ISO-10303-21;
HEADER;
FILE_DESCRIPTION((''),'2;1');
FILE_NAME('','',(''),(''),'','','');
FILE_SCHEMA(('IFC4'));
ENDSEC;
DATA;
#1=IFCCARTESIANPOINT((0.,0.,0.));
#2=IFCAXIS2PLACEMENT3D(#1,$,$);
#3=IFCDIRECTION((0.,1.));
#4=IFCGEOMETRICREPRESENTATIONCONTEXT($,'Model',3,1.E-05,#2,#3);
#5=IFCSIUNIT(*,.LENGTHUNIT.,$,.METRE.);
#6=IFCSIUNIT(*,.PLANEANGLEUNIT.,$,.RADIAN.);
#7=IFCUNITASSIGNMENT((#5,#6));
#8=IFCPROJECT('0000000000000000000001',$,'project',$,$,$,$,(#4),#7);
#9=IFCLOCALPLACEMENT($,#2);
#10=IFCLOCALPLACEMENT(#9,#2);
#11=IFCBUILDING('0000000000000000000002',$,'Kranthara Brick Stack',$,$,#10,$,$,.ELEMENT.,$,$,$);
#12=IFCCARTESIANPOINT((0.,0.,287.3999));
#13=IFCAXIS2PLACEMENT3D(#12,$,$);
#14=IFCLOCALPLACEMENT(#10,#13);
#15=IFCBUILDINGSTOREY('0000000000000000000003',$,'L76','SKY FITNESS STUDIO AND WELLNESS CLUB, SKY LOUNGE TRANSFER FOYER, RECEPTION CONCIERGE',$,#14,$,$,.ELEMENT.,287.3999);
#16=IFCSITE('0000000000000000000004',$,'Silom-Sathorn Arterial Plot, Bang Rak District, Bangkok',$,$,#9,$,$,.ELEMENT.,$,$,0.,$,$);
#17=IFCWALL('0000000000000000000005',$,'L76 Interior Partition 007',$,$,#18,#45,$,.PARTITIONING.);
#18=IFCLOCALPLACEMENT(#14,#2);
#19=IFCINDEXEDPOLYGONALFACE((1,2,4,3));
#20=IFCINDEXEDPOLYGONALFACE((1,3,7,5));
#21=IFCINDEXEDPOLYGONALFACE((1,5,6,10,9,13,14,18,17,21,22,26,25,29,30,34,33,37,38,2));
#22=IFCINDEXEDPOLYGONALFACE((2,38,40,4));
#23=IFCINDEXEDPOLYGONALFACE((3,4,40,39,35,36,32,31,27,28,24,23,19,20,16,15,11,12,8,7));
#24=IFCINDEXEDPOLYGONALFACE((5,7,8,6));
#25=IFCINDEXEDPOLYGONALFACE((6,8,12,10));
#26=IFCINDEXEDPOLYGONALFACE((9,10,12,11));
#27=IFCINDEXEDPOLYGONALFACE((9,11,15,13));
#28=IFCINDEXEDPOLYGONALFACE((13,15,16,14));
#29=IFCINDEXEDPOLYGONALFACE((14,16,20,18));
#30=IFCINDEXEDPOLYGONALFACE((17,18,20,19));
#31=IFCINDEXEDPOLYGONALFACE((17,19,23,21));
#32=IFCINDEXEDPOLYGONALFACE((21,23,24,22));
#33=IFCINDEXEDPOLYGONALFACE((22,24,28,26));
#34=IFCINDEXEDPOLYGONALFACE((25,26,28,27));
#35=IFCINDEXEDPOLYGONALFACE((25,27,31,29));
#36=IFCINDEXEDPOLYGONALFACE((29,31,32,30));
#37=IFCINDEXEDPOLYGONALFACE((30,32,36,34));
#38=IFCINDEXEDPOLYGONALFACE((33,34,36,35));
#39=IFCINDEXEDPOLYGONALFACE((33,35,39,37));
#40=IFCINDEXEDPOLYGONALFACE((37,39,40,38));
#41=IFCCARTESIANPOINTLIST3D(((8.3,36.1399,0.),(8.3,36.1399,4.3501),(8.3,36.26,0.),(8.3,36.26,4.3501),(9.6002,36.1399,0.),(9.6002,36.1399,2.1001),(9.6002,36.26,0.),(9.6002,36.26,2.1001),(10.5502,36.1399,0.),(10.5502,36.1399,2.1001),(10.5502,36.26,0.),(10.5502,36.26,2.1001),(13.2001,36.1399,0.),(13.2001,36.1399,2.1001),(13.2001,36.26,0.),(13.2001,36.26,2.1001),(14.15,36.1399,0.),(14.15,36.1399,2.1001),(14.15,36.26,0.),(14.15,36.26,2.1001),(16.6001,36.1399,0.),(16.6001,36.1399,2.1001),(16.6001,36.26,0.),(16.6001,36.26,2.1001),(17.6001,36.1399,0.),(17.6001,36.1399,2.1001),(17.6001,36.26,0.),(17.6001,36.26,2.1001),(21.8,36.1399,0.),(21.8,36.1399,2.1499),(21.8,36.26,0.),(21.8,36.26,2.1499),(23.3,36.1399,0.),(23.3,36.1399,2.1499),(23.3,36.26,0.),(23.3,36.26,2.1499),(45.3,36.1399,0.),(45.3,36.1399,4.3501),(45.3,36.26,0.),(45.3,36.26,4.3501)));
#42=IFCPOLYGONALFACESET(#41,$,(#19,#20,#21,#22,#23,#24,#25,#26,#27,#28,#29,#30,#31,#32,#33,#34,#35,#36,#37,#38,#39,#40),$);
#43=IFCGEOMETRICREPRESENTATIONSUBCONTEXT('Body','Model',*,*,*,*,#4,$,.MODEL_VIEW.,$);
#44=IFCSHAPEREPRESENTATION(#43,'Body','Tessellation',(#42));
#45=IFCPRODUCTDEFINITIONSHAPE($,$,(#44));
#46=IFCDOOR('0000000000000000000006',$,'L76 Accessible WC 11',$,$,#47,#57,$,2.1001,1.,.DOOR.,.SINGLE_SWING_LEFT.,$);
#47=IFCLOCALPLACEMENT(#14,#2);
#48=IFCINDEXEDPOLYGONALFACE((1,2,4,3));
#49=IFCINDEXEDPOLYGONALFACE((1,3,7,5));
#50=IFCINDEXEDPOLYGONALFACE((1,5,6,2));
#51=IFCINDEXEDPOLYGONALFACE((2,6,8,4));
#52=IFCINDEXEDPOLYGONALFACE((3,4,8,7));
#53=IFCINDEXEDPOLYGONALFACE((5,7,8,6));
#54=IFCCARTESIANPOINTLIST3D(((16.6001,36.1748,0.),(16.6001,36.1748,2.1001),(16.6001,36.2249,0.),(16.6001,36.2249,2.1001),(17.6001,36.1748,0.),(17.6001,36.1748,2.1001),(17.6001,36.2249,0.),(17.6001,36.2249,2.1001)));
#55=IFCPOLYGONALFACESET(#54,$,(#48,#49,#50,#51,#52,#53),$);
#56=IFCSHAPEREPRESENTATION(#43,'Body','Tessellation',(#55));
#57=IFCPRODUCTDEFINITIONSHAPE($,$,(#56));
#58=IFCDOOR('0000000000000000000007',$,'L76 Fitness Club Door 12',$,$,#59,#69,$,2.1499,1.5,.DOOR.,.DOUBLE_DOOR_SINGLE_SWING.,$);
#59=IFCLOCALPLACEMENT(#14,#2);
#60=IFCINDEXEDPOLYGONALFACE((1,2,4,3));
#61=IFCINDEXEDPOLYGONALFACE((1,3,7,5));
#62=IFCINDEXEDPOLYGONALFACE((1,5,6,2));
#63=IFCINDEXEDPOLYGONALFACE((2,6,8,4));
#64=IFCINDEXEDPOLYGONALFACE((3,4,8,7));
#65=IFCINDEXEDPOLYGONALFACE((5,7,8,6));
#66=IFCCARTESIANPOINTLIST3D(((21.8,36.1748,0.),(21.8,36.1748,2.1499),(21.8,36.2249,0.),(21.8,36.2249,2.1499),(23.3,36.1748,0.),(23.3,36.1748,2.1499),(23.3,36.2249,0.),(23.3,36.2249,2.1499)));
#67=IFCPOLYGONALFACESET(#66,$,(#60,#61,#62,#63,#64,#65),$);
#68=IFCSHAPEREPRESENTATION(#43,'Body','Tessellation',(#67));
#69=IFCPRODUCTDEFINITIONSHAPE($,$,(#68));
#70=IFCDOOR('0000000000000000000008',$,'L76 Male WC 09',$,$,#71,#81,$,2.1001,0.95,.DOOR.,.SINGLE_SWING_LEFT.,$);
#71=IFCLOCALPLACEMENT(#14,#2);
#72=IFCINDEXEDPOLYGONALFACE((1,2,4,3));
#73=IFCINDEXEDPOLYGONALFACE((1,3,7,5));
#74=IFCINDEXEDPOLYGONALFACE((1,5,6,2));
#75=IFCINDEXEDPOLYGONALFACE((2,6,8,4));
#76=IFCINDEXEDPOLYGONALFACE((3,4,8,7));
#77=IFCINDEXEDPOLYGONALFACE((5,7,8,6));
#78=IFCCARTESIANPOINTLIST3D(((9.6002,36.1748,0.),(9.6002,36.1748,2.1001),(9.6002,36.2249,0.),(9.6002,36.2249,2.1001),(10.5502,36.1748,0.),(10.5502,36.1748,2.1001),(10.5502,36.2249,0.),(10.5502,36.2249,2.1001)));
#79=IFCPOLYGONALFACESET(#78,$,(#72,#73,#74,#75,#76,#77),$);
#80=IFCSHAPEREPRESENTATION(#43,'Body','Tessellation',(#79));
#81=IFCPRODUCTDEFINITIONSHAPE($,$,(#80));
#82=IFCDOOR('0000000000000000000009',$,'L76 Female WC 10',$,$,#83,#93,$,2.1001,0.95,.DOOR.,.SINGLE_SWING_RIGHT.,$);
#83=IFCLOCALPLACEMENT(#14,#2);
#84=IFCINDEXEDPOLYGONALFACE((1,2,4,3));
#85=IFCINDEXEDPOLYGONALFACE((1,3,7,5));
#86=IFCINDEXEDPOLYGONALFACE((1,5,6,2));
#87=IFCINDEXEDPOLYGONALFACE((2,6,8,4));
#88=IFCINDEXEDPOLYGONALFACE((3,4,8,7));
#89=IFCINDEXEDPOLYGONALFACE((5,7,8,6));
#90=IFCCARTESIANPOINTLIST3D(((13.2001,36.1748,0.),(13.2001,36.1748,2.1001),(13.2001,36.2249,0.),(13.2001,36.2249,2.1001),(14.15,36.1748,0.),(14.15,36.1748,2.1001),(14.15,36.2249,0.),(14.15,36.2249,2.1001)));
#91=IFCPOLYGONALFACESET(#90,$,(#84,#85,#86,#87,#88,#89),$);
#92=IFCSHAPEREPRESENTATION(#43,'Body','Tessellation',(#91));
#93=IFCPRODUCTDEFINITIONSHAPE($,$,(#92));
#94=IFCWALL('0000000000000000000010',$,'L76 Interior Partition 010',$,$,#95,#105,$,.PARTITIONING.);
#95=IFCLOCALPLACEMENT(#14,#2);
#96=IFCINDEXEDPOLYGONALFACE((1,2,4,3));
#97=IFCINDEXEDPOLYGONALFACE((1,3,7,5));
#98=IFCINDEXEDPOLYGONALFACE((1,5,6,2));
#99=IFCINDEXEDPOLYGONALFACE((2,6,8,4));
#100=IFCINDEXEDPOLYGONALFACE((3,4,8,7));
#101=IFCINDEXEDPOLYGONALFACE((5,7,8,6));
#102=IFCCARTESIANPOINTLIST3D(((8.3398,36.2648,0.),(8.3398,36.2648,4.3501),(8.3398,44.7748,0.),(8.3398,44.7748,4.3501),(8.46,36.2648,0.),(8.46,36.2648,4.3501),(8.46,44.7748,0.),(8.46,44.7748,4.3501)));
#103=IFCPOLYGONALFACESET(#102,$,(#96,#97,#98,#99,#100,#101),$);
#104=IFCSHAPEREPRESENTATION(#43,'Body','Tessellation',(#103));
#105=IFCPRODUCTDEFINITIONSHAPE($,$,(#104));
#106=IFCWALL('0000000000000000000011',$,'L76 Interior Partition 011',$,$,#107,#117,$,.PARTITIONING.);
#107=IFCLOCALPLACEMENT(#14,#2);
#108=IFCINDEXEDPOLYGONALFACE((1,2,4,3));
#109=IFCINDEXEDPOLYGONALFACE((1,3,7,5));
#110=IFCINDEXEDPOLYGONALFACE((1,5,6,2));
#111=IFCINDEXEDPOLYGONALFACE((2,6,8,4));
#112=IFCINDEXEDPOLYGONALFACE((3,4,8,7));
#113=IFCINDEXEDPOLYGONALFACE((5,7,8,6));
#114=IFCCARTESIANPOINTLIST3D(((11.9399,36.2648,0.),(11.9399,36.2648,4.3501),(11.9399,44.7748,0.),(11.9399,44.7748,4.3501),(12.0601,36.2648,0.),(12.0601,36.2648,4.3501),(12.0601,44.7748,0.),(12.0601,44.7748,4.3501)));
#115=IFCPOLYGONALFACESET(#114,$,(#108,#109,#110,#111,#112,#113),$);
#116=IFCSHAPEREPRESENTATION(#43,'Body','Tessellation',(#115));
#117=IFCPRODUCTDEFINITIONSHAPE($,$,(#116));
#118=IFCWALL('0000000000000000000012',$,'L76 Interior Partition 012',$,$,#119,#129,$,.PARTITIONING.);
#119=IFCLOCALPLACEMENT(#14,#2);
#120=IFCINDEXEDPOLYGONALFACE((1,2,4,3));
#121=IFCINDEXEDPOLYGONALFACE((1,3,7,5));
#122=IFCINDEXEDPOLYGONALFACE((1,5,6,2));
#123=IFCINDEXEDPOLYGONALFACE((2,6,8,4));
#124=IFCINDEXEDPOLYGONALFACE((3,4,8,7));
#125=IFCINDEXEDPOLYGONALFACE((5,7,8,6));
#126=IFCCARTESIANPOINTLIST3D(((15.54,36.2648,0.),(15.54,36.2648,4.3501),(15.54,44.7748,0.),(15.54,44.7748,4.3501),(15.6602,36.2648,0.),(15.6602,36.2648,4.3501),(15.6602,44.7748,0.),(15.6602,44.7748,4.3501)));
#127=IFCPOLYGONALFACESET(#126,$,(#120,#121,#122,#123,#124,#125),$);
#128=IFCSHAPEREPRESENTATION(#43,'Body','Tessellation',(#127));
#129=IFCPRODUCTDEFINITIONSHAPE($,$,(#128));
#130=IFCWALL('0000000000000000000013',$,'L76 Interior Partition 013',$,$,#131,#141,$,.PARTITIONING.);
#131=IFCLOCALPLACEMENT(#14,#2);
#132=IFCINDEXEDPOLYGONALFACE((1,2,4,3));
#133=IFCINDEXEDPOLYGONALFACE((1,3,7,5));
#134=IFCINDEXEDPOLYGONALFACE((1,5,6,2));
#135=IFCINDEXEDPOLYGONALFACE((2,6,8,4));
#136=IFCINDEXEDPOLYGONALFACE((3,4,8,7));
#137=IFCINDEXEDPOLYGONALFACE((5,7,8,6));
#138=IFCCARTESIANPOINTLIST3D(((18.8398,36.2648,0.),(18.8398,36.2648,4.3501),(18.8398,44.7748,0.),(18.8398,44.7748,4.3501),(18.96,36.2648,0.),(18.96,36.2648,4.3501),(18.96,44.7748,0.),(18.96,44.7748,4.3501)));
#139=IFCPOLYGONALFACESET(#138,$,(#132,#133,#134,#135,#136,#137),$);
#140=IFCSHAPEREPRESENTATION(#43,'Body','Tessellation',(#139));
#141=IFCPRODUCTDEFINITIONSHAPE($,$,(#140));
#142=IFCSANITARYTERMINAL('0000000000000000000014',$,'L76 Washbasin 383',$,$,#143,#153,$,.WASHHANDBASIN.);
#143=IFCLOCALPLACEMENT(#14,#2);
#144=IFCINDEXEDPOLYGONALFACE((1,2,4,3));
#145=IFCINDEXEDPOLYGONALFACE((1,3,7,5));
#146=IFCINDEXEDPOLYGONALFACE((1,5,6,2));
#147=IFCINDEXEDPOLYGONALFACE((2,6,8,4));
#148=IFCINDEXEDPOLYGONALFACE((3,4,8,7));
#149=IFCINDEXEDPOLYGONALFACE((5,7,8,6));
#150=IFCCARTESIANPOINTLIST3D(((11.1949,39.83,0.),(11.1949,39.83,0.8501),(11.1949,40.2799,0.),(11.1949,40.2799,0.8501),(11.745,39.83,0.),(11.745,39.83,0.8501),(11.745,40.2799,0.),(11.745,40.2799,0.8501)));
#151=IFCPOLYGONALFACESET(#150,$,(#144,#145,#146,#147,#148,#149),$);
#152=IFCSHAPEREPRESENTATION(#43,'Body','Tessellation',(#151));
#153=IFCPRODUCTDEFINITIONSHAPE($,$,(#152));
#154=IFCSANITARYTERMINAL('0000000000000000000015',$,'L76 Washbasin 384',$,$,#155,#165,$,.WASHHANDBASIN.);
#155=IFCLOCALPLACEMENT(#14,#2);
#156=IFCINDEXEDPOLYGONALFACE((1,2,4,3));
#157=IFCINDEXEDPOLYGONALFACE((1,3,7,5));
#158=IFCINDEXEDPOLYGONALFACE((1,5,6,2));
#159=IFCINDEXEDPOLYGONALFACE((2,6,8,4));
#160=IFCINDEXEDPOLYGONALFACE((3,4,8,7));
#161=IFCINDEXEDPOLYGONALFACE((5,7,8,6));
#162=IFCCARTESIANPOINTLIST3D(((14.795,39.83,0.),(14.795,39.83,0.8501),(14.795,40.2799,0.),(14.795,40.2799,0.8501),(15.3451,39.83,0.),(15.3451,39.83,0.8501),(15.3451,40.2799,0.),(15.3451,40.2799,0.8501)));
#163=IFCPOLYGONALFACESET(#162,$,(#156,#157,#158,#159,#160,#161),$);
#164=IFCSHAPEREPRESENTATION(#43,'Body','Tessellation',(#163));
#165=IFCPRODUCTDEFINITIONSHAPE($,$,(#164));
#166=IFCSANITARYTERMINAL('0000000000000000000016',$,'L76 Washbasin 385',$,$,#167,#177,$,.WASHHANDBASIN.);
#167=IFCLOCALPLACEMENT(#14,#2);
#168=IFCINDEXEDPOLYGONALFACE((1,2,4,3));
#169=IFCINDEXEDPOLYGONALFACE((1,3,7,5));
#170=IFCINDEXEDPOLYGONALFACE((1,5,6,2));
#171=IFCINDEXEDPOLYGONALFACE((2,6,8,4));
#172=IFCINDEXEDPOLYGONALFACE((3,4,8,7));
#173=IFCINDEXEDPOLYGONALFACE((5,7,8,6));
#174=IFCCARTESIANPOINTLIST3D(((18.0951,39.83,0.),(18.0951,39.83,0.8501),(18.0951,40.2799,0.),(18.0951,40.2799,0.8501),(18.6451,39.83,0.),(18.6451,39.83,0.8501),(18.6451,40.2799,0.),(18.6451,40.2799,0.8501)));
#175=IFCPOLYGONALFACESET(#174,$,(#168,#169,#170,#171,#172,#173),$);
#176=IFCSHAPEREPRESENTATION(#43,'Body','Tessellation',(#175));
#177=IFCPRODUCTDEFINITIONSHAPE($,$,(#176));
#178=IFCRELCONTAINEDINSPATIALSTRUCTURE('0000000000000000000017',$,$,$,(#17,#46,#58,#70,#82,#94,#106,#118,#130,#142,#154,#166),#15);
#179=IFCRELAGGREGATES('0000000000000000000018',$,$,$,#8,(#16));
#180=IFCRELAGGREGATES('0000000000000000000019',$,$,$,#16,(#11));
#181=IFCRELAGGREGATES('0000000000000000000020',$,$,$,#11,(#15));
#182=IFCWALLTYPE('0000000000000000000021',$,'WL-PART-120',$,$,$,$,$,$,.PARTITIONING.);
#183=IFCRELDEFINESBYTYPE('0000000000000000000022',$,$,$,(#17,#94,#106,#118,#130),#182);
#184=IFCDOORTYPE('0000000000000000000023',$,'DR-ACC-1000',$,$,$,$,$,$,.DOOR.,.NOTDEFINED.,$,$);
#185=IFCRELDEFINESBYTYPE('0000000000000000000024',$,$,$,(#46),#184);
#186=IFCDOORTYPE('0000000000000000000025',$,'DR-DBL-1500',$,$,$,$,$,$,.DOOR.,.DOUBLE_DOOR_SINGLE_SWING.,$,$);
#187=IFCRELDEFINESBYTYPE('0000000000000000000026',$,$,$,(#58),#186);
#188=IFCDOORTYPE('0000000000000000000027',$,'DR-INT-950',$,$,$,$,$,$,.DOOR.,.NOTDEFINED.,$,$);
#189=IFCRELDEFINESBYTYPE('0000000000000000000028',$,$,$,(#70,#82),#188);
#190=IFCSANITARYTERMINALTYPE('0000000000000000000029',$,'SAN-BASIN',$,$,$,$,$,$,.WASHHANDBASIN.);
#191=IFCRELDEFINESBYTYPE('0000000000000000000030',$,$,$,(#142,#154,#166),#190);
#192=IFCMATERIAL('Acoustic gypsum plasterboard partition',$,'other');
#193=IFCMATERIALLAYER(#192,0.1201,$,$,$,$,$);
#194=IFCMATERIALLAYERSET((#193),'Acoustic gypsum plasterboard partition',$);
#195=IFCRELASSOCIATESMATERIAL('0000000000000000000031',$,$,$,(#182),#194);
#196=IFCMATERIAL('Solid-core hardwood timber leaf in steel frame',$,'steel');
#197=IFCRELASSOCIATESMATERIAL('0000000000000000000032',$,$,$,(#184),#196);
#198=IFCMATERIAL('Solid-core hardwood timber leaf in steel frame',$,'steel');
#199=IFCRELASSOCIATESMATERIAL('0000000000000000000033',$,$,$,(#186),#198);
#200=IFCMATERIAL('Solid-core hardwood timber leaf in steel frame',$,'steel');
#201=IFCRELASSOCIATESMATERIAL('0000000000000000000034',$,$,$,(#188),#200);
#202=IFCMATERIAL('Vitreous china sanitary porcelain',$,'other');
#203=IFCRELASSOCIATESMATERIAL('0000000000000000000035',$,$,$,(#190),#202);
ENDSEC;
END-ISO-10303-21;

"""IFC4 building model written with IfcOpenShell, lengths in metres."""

from ifc_helpers import new_model, si_unit, direction, frame, frame_2d, origin, origin_2d, place, context, subcontext, project, spatial, rectangle, extrude, material, layer, layer_set, type_object, element, fill, save


model = new_model("IFC4")

# Units and contexts
model_context = context("Model", 3, precision=1e-05, world=origin(), true_north=direction((0.0, 1.0)))
body_context = subcontext(model_context, "Body", "Model", "MODEL_VIEW")
ifc_project = project(units=[si_unit("LENGTHUNIT", "METRE"), si_unit("PLANEANGLEUNIT", "RADIAN")], contexts=[model_context])

# Site, building, storey
site_placement = place(None, origin())
site = spatial("IfcSite", under=ifc_project, at=site_placement, Name="Silom-Sathorn Arterial Plot, Bang Rak District, Bangkok", CompositionType="ELEMENT", RefElevation=0.0)
building_placement = place(site_placement, origin())
building = spatial("IfcBuilding", under=site, at=building_placement, Name="Kranthara Brick Stack", CompositionType="ELEMENT")
storey_placement = place(building_placement, frame((0.0, 0.0, 287.3999)))
storey = spatial("IfcBuildingStorey", under=building, at=storey_placement, Name="L76", Description="SKY FITNESS STUDIO AND WELLNESS CLUB, SKY LOUNGE TRANSFER FOYER, RECEPTION CONCIERGE", CompositionType="ELEMENT", Elevation=287.3999)

# Wall, openings, doors
ifc_material_1 = material(Name="Acoustic gypsum plasterboard partition", Category="other")
ifc_layer_1 = layer(ifc_material_1, 0.1201)
ifc_layer_set_1 = layer_set([ifc_layer_1], Name="Acoustic gypsum plasterboard partition")
wall_type_1 = type_object("IfcWallType", Name="WL-PART-120", PredefinedType="PARTITIONING", material=ifc_layer_set_1)
wall_1_placement = place(storey_placement, frame((8.3, 36.2, 0.0), z_axis=(0.0, 0.0, 1.0), x_axis=(1.0, 0.0, 0.0)))
wall_1 = element("IfcWall", 1, at=wall_1_placement, inside=storey, type_object=wall_type_1, Name="L76 Interior Partition 007", PredefinedType="PARTITIONING", context=body_context, shape_type="SweptSolid", body=[
    extrude(rectangle(XDim=37.0, YDim=0.1201, at=frame_2d((18.5, 0.0))), origin(), (0.0, 0.0, 1.0), 4.3501),
])
opening_1_placement = place(wall_1_placement, frame((1.3, 0.0, 0.0)))
opening_1 = element("IfcOpeningElement", 2, at=opening_1_placement, cuts=wall_1, PredefinedType="OPENING", context=body_context, shape_type="SweptSolid", body=[
    extrude(rectangle(XDim=0.95, YDim=2.1001, at=frame_2d((0.4751, 1.05))), frame((0.0, 0.0701, 0.0), z_axis=(0.0, -1.0, 0.0), x_axis=(1.0, 0.0, 0.0)), (0.0, 0.0, 1.0), 0.1401),
])
opening_2_placement = place(wall_1_placement, frame((4.8999, 0.0, 0.0)))
opening_2 = element("IfcOpeningElement", 3, at=opening_2_placement, cuts=wall_1, PredefinedType="OPENING", context=body_context, shape_type="SweptSolid", body=[
    extrude(rectangle(XDim=0.95, YDim=2.1001, at=frame_2d((0.4751, 1.05))), frame((0.0, 0.0701, 0.0), z_axis=(0.0, -1.0, 0.0), x_axis=(1.0, 0.0, 0.0)), (0.0, 0.0, 1.0), 0.1401),
])
opening_3_placement = place(wall_1_placement, frame((8.3, 0.0, 0.0)))
opening_3 = element("IfcOpeningElement", 4, at=opening_3_placement, cuts=wall_1, PredefinedType="OPENING", context=body_context, shape_type="SweptSolid", body=[
    extrude(rectangle(XDim=1.0, YDim=2.1001, at=frame_2d((0.5, 1.05))), frame((0.0, 0.0701, 0.0), z_axis=(0.0, -1.0, 0.0), x_axis=(1.0, 0.0, 0.0)), (0.0, 0.0, 1.0), 0.1401),
])
opening_4_placement = place(wall_1_placement, frame((13.5, 0.0, 0.0)))
opening_4 = element("IfcOpeningElement", 5, at=opening_4_placement, cuts=wall_1, PredefinedType="OPENING", context=body_context, shape_type="SweptSolid", body=[
    extrude(rectangle(XDim=1.5, YDim=2.1499, at=frame_2d((0.75, 1.075))), frame((0.0, 0.0701, 0.0), z_axis=(0.0, -1.0, 0.0), x_axis=(1.0, 0.0, 0.0)), (0.0, 0.0, 1.0), 0.1401),
])
ifc_material_2 = material(Name="Solid-core hardwood timber leaf in steel frame", Category="steel")
door_type_1 = type_object("IfcDoorType", Name="DR-ACC-1000", OperationType="NOTDEFINED", PredefinedType="DOOR", material=ifc_material_2)
door_1_placement = place(opening_3_placement, origin())
door_1 = element("IfcDoor", 6, at=door_1_placement, inside=storey, type_object=door_type_1, Name="L76 Accessible WC 11", OperationType="SINGLE_SWING_LEFT", OverallHeight=2.1001, OverallWidth=1.0, PredefinedType="DOOR", context=body_context, shape_type="SweptSolid", body=[
    extrude(rectangle(XDim=1.0, YDim=2.1001, at=frame_2d((0.5, 1.05))), frame((0.0, 0.0249, 0.0), z_axis=(0.0, -1.0, 0.0), x_axis=(1.0, 0.0, 0.0)), (0.0, 0.0, 1.0), 0.05),
])
fill(opening_3, door_1)
ifc_material_3 = material(Name="Solid-core hardwood timber leaf in steel frame", Category="steel")
door_type_2 = type_object("IfcDoorType", Name="DR-DBL-1500", OperationType="DOUBLE_DOOR_SINGLE_SWING", PredefinedType="DOOR", material=ifc_material_3)
door_2_placement = place(opening_4_placement, origin())
door_2 = element("IfcDoor", 7, at=door_2_placement, inside=storey, type_object=door_type_2, Name="L76 Fitness Club Door 12", OperationType="DOUBLE_DOOR_SINGLE_SWING", OverallHeight=2.1499, OverallWidth=1.5, PredefinedType="DOOR", context=body_context, shape_type="SweptSolid", body=[
    extrude(rectangle(XDim=1.5, YDim=2.1499, at=frame_2d((0.75, 1.075))), frame((0.0, 0.0249, 0.0), z_axis=(0.0, -1.0, 0.0), x_axis=(1.0, 0.0, 0.0)), (0.0, 0.0, 1.0), 0.05),
])
fill(opening_4, door_2)
ifc_material_4 = material(Name="Solid-core hardwood timber leaf in steel frame", Category="steel")
door_type_3 = type_object("IfcDoorType", Name="DR-INT-950", OperationType="NOTDEFINED", PredefinedType="DOOR", material=ifc_material_4)
door_3_placement = place(opening_1_placement, origin())
door_3 = element("IfcDoor", 8, at=door_3_placement, inside=storey, type_object=door_type_3, Name="L76 Male WC 09", OperationType="SINGLE_SWING_LEFT", OverallHeight=2.1001, OverallWidth=0.95, PredefinedType="DOOR", context=body_context, shape_type="SweptSolid", body=[
    extrude(rectangle(XDim=0.95, YDim=2.1001, at=frame_2d((0.4751, 1.05))), frame((0.0, 0.0249, 0.0), z_axis=(0.0, -1.0, 0.0), x_axis=(1.0, 0.0, 0.0)), (0.0, 0.0, 1.0), 0.05),
])
fill(opening_1, door_3)
door_4_placement = place(opening_2_placement, origin())
door_4 = element("IfcDoor", 9, at=door_4_placement, inside=storey, type_object=door_type_3, Name="L76 Female WC 10", OperationType="SINGLE_SWING_RIGHT", OverallHeight=2.1001, OverallWidth=0.95, PredefinedType="DOOR", context=body_context, shape_type="SweptSolid", body=[
    extrude(rectangle(XDim=0.95, YDim=2.1001, at=frame_2d((0.4751, 1.05))), frame((0.0, 0.0249, 0.0), z_axis=(0.0, -1.0, 0.0), x_axis=(1.0, 0.0, 0.0)), (0.0, 0.0, 1.0), 0.05),
])
fill(opening_2, door_4)

# Walls
for number, where, z_axis, x_axis, name in (
    (10, (8.3999, 36.2649, 0.0), (0.0, 0.0, 1.0), (0.0, 1.0, 0.0), "L76 Interior Partition 010"),
    (11, (12.0, 36.2649, 0.0), (0.0, 0.0, 1.0), (0.0, 1.0, 0.0), "L76 Interior Partition 011"),
    (12, (15.6001, 36.2649, 0.0), (0.0, 0.0, 1.0), (0.0, 1.0, 0.0), "L76 Interior Partition 012"),
    (13, (18.8999, 36.2649, 0.0), (0.0, 0.0, 1.0), (0.0, 1.0, 0.0), "L76 Interior Partition 013"),
):
    element("IfcWall", number, at=place(storey_placement, frame(where, z_axis=z_axis, x_axis=x_axis)), inside=storey, type_object=wall_type_1, Name=name, PredefinedType="PARTITIONING", context=body_context, shape_type="SweptSolid", body=[
        extrude(rectangle(XDim=8.51, YDim=0.1201, at=frame_2d((4.2549, 0.0))), origin(), (0.0, 0.0, 1.0), 4.3501),
    ])

# Sanitary terminals
ifc_material_5 = material(Name="Vitreous china sanitary porcelain", Category="other")
sanitary_terminal_type_1 = type_object("IfcSanitaryTerminalType", Name="SAN-BASIN", PredefinedType="WASHHANDBASIN", material=ifc_material_5)
for number, where, z_axis, x_axis, name in (
    (14, (11.47, 40.0549, 0.0), (0.0, 0.0, 1.0), (1.0, 0.0, 0.0), "L76 Washbasin 383"),
    (15, (15.0701, 40.0549, 0.0), (0.0, 0.0, 1.0), (1.0, 0.0, 0.0), "L76 Washbasin 384"),
    (16, (18.3701, 40.0549, 0.0), (0.0, 0.0, 1.0), (1.0, 0.0, 0.0), "L76 Washbasin 385"),
):
    element("IfcSanitaryTerminal", number, at=place(storey_placement, frame(where, z_axis=z_axis, x_axis=x_axis)), inside=storey, type_object=sanitary_terminal_type_1, Name=name, PredefinedType="WASHHANDBASIN", context=body_context, shape_type="SweptSolid", body=[
        extrude(rectangle(XDim=0.55, YDim=0.45, at=origin_2d()), origin(), (0.0, 0.0, 1.0), 0.8501),
    ])

save(model, "model.ifc")
